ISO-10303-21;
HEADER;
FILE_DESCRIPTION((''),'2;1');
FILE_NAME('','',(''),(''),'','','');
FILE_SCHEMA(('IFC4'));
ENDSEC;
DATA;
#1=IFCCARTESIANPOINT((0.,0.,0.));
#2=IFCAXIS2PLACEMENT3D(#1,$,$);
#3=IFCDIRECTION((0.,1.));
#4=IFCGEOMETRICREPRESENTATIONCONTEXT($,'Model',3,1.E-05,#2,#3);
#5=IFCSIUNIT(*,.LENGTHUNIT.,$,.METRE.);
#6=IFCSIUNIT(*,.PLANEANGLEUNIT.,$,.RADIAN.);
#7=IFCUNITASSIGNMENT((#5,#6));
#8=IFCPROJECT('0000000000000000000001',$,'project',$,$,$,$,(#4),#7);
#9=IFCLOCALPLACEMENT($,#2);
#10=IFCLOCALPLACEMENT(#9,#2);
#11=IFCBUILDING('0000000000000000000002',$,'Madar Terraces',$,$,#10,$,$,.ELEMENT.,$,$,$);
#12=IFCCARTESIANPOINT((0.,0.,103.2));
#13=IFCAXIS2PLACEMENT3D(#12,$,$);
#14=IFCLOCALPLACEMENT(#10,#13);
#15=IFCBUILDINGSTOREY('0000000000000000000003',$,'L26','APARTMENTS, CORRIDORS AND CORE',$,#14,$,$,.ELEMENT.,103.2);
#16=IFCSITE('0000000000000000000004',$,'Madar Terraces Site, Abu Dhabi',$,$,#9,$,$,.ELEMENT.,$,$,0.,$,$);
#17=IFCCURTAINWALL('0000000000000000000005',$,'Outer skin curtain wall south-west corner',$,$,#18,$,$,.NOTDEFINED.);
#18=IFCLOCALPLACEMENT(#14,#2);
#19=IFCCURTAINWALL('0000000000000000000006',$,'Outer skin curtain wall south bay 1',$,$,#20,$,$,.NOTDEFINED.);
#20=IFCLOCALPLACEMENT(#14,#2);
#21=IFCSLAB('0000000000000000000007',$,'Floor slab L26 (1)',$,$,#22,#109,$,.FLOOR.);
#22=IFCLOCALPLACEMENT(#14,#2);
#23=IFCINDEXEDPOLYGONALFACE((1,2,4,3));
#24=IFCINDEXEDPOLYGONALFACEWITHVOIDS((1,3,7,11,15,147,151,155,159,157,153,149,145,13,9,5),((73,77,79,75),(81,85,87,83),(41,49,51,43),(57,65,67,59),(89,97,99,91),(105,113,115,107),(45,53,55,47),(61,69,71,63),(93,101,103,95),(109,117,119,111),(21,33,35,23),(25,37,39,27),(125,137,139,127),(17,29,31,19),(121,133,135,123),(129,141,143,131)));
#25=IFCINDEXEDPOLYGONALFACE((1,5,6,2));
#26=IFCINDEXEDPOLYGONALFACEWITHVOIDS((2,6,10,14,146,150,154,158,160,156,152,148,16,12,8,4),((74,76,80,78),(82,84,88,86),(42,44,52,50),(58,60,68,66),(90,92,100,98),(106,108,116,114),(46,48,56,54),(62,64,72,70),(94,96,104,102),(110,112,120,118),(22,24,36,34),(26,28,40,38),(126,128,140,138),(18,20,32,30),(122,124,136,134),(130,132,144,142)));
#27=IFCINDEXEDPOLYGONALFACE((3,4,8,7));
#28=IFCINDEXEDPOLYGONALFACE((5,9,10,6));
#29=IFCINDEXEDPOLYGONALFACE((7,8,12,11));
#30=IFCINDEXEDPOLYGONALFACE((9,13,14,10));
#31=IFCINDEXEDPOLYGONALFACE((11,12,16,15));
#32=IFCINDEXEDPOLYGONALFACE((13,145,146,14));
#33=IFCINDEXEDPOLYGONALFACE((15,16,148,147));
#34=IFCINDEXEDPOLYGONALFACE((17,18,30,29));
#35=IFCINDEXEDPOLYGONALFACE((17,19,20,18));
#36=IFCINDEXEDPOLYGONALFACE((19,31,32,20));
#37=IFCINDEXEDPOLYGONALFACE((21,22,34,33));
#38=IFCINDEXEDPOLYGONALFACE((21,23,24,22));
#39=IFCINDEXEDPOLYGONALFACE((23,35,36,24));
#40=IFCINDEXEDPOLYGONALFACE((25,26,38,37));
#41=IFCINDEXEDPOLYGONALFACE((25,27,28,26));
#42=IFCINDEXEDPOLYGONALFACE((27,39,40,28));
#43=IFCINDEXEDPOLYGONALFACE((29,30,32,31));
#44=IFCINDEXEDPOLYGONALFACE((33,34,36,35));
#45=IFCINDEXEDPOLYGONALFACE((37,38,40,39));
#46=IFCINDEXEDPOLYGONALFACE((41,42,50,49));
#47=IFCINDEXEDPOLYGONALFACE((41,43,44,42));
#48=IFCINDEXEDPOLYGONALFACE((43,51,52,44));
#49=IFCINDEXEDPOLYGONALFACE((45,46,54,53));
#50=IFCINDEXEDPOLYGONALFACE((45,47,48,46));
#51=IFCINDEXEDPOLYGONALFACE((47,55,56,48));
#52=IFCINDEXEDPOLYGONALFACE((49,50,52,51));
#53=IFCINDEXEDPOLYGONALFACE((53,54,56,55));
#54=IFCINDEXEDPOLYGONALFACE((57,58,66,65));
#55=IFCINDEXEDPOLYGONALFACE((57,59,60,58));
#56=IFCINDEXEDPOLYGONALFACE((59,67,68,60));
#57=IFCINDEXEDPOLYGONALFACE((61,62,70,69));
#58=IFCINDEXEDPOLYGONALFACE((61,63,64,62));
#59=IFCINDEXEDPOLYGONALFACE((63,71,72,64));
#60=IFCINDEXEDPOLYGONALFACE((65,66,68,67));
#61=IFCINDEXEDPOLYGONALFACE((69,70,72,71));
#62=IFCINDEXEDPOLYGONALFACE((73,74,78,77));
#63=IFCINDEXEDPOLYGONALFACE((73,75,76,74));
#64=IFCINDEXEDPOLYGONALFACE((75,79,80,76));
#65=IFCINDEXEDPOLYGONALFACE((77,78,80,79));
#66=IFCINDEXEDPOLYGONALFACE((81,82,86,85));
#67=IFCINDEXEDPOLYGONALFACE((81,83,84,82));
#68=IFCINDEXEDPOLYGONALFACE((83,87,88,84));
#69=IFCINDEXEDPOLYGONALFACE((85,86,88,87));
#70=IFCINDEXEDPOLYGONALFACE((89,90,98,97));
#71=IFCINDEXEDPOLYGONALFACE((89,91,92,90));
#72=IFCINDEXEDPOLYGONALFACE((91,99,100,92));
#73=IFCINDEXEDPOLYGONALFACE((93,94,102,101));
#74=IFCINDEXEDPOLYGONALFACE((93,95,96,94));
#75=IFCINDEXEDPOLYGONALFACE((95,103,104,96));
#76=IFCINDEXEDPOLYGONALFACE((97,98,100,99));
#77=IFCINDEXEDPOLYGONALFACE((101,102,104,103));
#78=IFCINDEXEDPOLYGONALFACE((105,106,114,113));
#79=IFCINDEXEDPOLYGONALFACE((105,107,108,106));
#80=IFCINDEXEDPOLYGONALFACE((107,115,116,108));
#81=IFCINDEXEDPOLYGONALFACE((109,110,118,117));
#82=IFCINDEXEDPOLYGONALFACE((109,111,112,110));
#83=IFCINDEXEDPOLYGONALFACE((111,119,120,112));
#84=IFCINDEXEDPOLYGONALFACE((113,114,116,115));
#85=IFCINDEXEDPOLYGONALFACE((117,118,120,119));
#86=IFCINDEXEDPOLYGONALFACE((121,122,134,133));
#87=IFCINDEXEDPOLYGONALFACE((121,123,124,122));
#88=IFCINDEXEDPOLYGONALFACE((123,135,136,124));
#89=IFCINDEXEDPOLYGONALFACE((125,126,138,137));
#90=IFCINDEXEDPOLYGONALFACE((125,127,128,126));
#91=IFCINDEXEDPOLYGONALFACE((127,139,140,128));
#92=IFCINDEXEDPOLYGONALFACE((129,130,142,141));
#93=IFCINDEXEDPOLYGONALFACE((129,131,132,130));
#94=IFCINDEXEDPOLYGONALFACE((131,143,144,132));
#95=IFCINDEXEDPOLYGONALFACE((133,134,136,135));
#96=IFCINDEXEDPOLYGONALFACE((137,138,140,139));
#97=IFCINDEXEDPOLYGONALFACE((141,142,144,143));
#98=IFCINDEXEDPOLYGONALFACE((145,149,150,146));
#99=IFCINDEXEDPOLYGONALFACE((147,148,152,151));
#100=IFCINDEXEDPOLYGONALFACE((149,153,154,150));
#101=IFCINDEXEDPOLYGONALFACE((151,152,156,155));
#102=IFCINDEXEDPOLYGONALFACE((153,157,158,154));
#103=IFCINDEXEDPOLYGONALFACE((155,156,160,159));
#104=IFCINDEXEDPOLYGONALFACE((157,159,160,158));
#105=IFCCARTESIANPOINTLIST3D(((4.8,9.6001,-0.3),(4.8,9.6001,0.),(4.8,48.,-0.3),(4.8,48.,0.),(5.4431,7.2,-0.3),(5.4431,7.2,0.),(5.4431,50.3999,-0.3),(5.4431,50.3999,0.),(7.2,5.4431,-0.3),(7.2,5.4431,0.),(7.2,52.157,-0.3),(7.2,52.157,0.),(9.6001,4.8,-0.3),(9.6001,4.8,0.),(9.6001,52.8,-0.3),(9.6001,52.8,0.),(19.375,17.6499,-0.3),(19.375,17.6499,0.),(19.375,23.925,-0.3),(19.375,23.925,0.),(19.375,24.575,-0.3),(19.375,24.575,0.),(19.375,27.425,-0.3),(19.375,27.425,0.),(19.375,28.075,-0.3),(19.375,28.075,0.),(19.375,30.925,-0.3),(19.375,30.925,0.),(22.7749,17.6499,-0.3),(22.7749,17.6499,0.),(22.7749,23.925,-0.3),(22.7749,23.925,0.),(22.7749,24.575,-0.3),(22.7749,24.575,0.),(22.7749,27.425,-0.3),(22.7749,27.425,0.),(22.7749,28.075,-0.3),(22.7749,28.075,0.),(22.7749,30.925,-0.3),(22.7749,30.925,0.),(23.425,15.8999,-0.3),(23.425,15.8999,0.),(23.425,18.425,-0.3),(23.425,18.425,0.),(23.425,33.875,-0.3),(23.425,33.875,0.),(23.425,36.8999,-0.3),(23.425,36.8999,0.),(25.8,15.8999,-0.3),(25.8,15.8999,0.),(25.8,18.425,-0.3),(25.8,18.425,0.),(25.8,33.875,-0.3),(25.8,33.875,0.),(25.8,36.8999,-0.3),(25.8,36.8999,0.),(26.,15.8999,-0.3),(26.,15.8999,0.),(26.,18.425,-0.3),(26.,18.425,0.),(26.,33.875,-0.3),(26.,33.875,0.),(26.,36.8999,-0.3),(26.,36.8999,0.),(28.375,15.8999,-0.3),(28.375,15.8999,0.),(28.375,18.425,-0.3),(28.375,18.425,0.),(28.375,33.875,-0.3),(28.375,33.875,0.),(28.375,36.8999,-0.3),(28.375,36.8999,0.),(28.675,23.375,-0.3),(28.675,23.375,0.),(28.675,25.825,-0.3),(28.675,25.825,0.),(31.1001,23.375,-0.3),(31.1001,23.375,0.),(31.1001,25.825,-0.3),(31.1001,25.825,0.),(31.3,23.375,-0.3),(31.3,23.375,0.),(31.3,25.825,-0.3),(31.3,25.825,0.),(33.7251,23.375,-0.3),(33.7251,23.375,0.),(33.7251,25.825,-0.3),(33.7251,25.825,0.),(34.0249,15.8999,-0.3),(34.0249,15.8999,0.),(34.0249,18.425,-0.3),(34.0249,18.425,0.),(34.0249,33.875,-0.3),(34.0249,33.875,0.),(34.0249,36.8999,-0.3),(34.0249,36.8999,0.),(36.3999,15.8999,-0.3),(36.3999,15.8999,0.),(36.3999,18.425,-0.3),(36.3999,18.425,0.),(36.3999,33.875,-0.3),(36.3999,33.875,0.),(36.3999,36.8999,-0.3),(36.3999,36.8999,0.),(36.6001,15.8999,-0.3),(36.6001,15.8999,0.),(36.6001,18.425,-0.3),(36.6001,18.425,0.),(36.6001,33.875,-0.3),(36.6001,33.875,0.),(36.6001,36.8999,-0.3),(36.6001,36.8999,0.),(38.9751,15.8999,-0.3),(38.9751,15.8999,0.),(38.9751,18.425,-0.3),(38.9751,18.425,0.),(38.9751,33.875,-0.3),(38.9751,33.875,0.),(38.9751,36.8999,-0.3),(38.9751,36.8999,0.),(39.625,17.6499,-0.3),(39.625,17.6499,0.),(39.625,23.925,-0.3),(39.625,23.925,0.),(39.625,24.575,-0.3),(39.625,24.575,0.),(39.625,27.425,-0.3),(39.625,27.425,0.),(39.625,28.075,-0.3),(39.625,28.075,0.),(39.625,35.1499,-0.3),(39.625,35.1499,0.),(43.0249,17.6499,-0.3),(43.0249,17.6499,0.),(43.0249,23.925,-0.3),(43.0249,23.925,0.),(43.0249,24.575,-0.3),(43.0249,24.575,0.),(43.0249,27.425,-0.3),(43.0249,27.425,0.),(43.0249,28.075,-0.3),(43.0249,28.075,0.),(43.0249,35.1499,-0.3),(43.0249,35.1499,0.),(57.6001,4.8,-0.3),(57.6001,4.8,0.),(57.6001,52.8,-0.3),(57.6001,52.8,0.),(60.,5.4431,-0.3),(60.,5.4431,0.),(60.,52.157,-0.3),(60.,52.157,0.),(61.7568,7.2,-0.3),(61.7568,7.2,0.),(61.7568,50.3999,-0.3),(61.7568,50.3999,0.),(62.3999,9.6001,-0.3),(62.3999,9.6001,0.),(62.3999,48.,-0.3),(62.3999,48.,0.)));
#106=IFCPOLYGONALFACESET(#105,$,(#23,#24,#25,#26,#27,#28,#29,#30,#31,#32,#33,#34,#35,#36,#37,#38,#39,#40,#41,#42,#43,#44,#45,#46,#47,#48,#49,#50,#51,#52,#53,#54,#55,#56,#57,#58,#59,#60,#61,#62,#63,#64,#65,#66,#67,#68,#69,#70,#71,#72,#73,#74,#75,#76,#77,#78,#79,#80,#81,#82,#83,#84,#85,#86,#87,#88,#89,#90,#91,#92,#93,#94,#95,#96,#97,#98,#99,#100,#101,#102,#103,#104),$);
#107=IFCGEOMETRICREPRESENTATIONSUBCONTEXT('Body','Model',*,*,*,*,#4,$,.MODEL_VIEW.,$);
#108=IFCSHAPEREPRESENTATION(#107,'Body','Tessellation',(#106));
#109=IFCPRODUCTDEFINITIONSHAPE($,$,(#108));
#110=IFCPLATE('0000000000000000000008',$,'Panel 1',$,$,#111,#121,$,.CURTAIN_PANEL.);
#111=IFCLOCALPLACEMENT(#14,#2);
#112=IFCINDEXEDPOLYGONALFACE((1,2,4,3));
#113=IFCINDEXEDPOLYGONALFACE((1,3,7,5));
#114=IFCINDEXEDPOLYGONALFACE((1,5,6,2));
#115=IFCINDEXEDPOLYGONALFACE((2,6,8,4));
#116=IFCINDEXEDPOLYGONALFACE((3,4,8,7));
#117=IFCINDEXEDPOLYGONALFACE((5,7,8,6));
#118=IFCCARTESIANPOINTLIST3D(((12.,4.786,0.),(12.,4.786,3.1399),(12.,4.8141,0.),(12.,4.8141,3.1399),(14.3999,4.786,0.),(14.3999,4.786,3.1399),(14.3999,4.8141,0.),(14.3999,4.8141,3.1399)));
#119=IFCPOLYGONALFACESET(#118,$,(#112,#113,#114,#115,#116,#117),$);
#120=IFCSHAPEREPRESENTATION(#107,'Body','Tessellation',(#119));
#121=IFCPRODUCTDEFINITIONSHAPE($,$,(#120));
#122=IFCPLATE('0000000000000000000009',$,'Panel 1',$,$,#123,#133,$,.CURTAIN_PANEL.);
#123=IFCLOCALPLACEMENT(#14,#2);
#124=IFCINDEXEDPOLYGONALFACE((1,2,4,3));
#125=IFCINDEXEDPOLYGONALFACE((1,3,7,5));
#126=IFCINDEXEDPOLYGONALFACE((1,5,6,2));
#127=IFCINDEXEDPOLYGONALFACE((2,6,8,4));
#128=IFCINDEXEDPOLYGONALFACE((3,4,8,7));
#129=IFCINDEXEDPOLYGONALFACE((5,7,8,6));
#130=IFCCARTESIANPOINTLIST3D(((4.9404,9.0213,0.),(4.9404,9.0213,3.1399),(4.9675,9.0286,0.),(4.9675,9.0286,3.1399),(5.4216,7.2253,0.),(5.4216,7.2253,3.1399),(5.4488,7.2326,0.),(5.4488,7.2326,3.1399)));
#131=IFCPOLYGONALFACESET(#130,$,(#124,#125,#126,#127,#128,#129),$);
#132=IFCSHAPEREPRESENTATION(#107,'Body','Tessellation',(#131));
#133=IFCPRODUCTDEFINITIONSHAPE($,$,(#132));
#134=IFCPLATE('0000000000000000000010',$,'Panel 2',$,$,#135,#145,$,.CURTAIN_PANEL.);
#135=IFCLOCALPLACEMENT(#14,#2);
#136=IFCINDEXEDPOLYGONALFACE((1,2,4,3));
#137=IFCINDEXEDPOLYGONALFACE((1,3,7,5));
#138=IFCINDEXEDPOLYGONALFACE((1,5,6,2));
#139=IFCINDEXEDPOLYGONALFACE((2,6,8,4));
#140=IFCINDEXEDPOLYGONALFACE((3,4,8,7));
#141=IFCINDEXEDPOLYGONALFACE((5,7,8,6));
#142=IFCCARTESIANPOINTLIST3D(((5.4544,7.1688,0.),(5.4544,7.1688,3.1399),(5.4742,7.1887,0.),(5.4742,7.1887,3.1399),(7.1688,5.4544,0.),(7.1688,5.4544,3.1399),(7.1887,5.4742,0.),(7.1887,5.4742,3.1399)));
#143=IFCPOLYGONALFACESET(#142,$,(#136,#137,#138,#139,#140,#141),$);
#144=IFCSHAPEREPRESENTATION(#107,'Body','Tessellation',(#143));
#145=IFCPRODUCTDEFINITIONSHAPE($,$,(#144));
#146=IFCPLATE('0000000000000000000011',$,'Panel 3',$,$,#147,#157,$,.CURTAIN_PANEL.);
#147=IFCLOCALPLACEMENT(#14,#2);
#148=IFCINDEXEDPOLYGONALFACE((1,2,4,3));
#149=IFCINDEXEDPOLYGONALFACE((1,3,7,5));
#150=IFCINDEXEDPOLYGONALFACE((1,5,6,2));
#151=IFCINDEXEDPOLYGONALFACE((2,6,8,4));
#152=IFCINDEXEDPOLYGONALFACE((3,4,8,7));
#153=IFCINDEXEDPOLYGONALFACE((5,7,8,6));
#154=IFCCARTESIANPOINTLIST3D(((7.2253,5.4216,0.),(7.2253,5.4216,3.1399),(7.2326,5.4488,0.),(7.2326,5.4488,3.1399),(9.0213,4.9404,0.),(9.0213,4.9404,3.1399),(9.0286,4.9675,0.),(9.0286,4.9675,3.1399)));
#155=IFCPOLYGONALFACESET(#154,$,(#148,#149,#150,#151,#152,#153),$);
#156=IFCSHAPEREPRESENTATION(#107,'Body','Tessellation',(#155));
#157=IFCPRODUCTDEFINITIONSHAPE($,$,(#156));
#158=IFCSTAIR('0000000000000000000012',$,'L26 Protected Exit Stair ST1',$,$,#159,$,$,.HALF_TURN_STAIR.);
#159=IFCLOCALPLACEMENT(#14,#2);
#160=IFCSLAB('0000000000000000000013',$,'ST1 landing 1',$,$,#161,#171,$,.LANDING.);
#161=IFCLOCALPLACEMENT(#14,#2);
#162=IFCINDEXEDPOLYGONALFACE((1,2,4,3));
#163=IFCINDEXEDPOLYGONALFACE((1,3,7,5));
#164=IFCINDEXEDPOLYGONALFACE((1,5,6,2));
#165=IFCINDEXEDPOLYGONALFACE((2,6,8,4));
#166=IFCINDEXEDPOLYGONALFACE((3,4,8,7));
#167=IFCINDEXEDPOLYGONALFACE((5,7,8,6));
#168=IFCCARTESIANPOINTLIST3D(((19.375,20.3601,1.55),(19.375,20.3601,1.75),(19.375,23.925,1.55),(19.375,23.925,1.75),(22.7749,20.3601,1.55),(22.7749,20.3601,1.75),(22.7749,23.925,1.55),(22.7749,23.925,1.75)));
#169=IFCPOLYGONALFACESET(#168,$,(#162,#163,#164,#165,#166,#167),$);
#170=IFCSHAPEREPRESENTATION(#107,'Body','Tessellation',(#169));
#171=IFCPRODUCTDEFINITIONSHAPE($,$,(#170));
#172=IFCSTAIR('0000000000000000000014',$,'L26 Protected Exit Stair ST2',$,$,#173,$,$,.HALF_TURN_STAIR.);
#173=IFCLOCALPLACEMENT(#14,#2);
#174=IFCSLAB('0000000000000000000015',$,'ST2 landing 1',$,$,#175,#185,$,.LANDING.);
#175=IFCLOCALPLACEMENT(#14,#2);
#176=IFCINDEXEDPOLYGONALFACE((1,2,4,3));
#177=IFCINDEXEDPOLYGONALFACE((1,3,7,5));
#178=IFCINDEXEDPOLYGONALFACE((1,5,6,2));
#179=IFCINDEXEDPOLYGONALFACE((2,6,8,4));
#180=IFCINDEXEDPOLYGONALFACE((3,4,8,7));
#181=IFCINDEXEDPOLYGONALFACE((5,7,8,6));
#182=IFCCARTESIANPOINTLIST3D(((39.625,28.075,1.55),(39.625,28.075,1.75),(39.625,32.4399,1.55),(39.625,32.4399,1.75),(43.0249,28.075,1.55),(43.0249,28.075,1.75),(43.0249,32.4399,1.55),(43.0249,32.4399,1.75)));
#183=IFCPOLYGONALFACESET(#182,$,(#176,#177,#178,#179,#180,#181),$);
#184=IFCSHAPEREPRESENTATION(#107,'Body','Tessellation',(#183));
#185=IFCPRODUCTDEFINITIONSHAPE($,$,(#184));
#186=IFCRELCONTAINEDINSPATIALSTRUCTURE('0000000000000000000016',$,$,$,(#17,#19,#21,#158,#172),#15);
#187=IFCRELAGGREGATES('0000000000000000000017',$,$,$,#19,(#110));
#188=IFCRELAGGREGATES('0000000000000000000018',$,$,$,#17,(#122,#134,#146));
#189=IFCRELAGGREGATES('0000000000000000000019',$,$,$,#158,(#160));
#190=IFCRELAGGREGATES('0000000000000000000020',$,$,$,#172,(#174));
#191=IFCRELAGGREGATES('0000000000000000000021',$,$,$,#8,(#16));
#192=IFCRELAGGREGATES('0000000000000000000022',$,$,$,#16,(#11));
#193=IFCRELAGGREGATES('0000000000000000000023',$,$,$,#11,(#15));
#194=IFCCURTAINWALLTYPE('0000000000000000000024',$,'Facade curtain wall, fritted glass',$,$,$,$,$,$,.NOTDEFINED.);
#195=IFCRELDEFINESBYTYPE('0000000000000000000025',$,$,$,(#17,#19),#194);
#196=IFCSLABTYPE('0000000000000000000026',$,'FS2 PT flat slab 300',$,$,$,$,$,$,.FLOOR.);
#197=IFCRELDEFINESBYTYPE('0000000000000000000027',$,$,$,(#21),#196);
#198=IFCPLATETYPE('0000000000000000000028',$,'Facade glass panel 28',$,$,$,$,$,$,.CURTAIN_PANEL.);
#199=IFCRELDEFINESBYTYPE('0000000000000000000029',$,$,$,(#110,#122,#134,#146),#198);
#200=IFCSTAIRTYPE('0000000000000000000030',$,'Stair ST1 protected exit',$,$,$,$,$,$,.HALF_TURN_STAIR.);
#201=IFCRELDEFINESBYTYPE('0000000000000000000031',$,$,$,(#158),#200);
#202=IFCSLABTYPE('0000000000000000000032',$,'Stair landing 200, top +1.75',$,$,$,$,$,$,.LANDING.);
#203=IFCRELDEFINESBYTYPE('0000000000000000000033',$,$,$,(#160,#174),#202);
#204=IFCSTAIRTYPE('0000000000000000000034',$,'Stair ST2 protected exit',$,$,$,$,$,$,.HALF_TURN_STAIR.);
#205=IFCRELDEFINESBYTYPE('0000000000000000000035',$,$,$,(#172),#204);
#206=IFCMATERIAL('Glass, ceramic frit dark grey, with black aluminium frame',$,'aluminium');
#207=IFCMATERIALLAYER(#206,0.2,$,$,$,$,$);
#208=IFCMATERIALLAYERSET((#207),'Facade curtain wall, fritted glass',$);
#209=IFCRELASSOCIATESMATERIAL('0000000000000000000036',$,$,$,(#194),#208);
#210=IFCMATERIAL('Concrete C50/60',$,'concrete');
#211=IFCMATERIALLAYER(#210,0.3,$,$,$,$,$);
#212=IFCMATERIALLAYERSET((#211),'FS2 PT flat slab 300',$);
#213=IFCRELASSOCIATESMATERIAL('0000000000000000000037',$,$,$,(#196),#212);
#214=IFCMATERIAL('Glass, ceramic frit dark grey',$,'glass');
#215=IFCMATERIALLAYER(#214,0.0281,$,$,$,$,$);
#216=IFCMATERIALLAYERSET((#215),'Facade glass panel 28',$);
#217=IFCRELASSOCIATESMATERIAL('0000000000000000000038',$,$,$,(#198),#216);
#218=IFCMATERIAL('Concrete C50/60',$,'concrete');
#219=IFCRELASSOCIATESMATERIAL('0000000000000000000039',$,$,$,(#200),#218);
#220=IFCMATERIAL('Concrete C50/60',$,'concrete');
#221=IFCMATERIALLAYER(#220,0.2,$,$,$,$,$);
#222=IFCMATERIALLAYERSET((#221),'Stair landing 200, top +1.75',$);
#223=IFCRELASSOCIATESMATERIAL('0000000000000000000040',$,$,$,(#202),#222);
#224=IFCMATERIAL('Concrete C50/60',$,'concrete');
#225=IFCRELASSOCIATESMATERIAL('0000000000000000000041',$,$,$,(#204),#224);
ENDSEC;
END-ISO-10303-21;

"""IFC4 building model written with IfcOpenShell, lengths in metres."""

from ifc_helpers import new_model, si_unit, direction, frame, origin, origin_2d, place, context, subcontext, project, spatial, polyline, rectangle, outline, extrude, material, layer, layer_set, type_object, element, aggregate, save


model = new_model("IFC4")

# Units and contexts
model_context = context("Model", 3, precision=1e-05, world=origin(), true_north=direction((0.0, 1.0)))
body_context = subcontext(model_context, "Body", "Model", "MODEL_VIEW")
ifc_project = project(units=[si_unit("LENGTHUNIT", "METRE"), si_unit("PLANEANGLEUNIT", "RADIAN")], contexts=[model_context])

# Site, building, storey
site_placement = place(None, origin())
site = spatial("IfcSite", under=ifc_project, at=site_placement, Name="Madar Terraces Site, Abu Dhabi", CompositionType="ELEMENT", RefElevation=0.0)
building_placement = place(site_placement, origin())
building = spatial("IfcBuilding", under=site, at=building_placement, Name="Madar Terraces", CompositionType="ELEMENT")
storey_placement = place(building_placement, frame((0.0, 0.0, 103.2)))
storey = spatial("IfcBuildingStorey", under=building, at=storey_placement, Name="L26", Description="APARTMENTS, CORRIDORS AND CORE", CompositionType="ELEMENT", Elevation=103.2)

# Curtain wall
ifc_material_1 = material(Name="Glass, ceramic frit dark grey, with black aluminium frame", Category="aluminium")
ifc_layer_1 = layer(ifc_material_1, 0.2)
ifc_layer_set_1 = layer_set([ifc_layer_1], Name="Facade curtain wall, fritted glass")
curtain_wall_type = type_object("IfcCurtainWallType", Name="Facade curtain wall, fritted glass", PredefinedType="NOTDEFINED", material=ifc_layer_set_1)
curtain_wall_1_placement = place(storey_placement, origin())
curtain_wall_1 = element("IfcCurtainWall", 1, at=curtain_wall_1_placement, inside=storey, type_object=curtain_wall_type, Name="Outer skin curtain wall south-west corner", PredefinedType="NOTDEFINED")

# Curtain wall
curtain_wall_2_placement = place(storey_placement, origin())
curtain_wall_2 = element("IfcCurtainWall", 2, at=curtain_wall_2_placement, inside=storey, type_object=curtain_wall_type, Name="Outer skin curtain wall south bay 1", PredefinedType="NOTDEFINED")

# Slab
ifc_material_2 = material(Name="Concrete C50/60", Category="concrete")
ifc_layer_2 = layer(ifc_material_2, 0.3)
ifc_layer_set_2 = layer_set([ifc_layer_2], Name="FS2 PT flat slab 300")
slab_type_1 = type_object("IfcSlabType", Name="FS2 PT flat slab 300", PredefinedType="FLOOR", material=ifc_layer_set_2)
slab_1_placement = place(storey_placement, frame((0.0, 0.0, -0.3)))
element("IfcSlab", 3, at=slab_1_placement, inside=storey, type_object=slab_type_1, Name="Floor slab L26 (1)", PredefinedType="FLOOR", context=body_context, shape_type="SweptSolid", body=[
    extrude(outline(polyline([(57.6001, 4.8), (60.0, 5.4431), (61.7568, 7.2), (62.3999, 9.6001), (62.3999, 48.0), (61.7568, 50.3999), (60.0, 52.157), (57.6001, 52.8), (9.6001, 52.8), (7.2, 52.157), (5.4431, 50.3999), (4.8, 48.0), (4.8, 9.6001), (5.4431, 7.2), (7.2, 5.4431), (9.6001, 4.8), (57.6001, 4.8)]), holes=[polyline([(23.425, 15.8999), (23.425, 18.425), (25.8, 18.425), (25.8, 15.8999), (23.425, 15.8999)]), polyline([(26.0, 15.8999), (26.0, 18.425), (28.375, 18.425), (28.375, 15.8999), (26.0, 15.8999)]), polyline([(19.375, 17.6499), (19.375, 23.925), (22.7749, 23.925), (22.7749, 17.6499), (19.375, 17.6499)]), polyline([(28.675, 23.375), (28.675, 25.825), (31.1001, 25.825), (31.1001, 23.375), (28.675, 23.375)]), polyline([(19.375, 24.575), (19.375, 27.425), (22.7749, 27.425), (22.7749, 24.575), (19.375, 24.575)]), polyline([(19.375, 28.075), (19.375, 30.925), (22.7749, 30.925), (22.7749, 28.075), (19.375, 28.075)]), polyline([(23.425, 33.875), (23.425, 36.8999), (25.8, 36.8999), (25.8, 33.875), (23.425, 33.875)]), polyline([(26.0, 33.875), (26.0, 36.8999), (28.375, 36.8999), (28.375, 33.875), (26.0, 33.875)]), polyline([(34.0249, 15.8999), (34.0249, 18.425), (36.3999, 18.425), (36.3999, 15.8999), (34.0249, 15.8999)]), polyline([(36.6001, 15.8999), (36.6001, 18.425), (38.9751, 18.425), (38.9751, 15.8999), (36.6001, 15.8999)]), polyline([(39.625, 17.6499), (39.625, 23.925), (43.0249, 23.925), (43.0249, 17.6499), (39.625, 17.6499)]), polyline([(31.3, 23.375), (31.3, 25.825), (33.7251, 25.825), (33.7251, 23.375), (31.3, 23.375)]), polyline([(39.625, 24.575), (39.625, 27.425), (43.0249, 27.425), (43.0249, 24.575), (39.625, 24.575)]), polyline([(39.625, 28.075), (39.625, 35.1499), (43.0249, 35.1499), (43.0249, 28.075), (39.625, 28.075)]), polyline([(34.0249, 33.875), (34.0249, 36.8999), (36.3999, 36.8999), (36.3999, 33.875), (34.0249, 33.875)]), polyline([(36.6001, 33.875), (36.6001, 36.8999), (38.9751, 36.8999), (38.9751, 33.875), (36.6001, 33.875)])]), origin(), (0.0, 0.0, 1.0), 0.3),
])

# Plates
ifc_material_3 = material(Name="Glass, ceramic frit dark grey", Category="glass")
ifc_layer_3 = layer(ifc_material_3, 0.0281)
ifc_layer_set_3 = layer_set([ifc_layer_3], Name="Facade glass panel 28")
plate_type = type_object("IfcPlateType", Name="Facade glass panel 28", PredefinedType="CURTAIN_PANEL", material=ifc_layer_set_3)
plate_1_placement = place(storey_placement, frame((13.2, 4.8, 0.0), z_axis=(0.0, 0.0, 1.0), x_axis=(1.0, 0.0, 0.0)))
plate_1 = element("IfcPlate", 4, at=plate_1_placement, type_object=plate_type, Name="Panel 1", PredefinedType="CURTAIN_PANEL", context=body_context, shape_type="SweptSolid", body=[
    extrude(rectangle(XDim=2.3999, YDim=0.0281, at=origin_2d()), origin(), (0.0, 0.0, 1.0), 3.1399),
])
aggregate(curtain_wall_2, [plate_1])
plate_2_placement = place(storey_placement, frame((5.1946, 8.127, 0.0), z_axis=(0.0, 0.0, 1.0), x_axis=(0.258819, -0.965926, 0.0)))
plate_2 = element("IfcPlate", 5, at=plate_2_placement, type_object=plate_type, Name="Panel 1", PredefinedType="CURTAIN_PANEL", context=body_context, shape_type="SweptSolid", body=[
    extrude(rectangle(XDim=1.8594, YDim=0.0281, at=origin_2d()), origin(), (0.0, 0.0, 1.0), 3.1399),
])
plate_3_placement = place(storey_placement, frame((6.3215, 6.3215, 0.0), z_axis=(0.0, 0.0, 1.0), x_axis=(0.707107, -0.707107, 0.0)))
plate_3 = element("IfcPlate", 6, at=plate_3_placement, type_object=plate_type, Name="Panel 2", PredefinedType="CURTAIN_PANEL", context=body_context, shape_type="SweptSolid", body=[
    extrude(rectangle(XDim=2.4246, YDim=0.0281, at=origin_2d()), origin(), (0.0, 0.0, 1.0), 3.1399),
])
plate_4_placement = place(storey_placement, frame((8.127, 5.1946, 0.0), z_axis=(0.0, 0.0, 1.0), x_axis=(0.965926, -0.258819, 0.0)))
plate_4 = element("IfcPlate", 7, at=plate_4_placement, type_object=plate_type, Name="Panel 3", PredefinedType="CURTAIN_PANEL", context=body_context, shape_type="SweptSolid", body=[
    extrude(rectangle(XDim=1.8594, YDim=0.0281, at=origin_2d()), origin(), (0.0, 0.0, 1.0), 3.1399),
])
aggregate(curtain_wall_1, [plate_2, plate_3, plate_4])

# Stairs, slabs
ifc_material_4 = material(Name="Concrete C50/60", Category="concrete")
stair_type_1 = type_object("IfcStairType", Name="Stair ST1 protected exit", PredefinedType="HALF_TURN_STAIR", material=ifc_material_4)
stair_1_placement = place(storey_placement, origin())
stair_1 = element("IfcStair", 8, at=stair_1_placement, inside=storey, type_object=stair_type_1, Name="L26 Protected Exit Stair ST1", PredefinedType="HALF_TURN_STAIR")
ifc_material_5 = material(Name="Concrete C50/60", Category="concrete")
ifc_layer_4 = layer(ifc_material_5, 0.2)
ifc_layer_set_4 = layer_set([ifc_layer_4], Name="Stair landing 200, top +1.75")
slab_type_2 = type_object("IfcSlabType", Name="Stair landing 200, top +1.75", PredefinedType="LANDING", material=ifc_layer_set_4)
slab_2_placement = place(storey_placement, frame((0.0, 0.0, 1.55)))
slab_2 = element("IfcSlab", 9, at=slab_2_placement, type_object=slab_type_2, Name="ST1 landing 1", PredefinedType="LANDING", context=body_context, shape_type="SweptSolid", body=[
    extrude(outline(polyline([(19.375, 20.3601), (22.7749, 20.3601), (22.7749, 23.925), (19.375, 23.925), (19.375, 20.3601)])), origin(), (0.0, 0.0, 1.0), 0.2),
])
aggregate(stair_1, [slab_2])
ifc_material_6 = material(Name="Concrete C50/60", Category="concrete")
stair_type_2 = type_object("IfcStairType", Name="Stair ST2 protected exit", PredefinedType="HALF_TURN_STAIR", material=ifc_material_6)
stair_2_placement = place(storey_placement, origin())
stair_2 = element("IfcStair", 10, at=stair_2_placement, inside=storey, type_object=stair_type_2, Name="L26 Protected Exit Stair ST2", PredefinedType="HALF_TURN_STAIR")
slab_3_placement = place(storey_placement, frame((0.0, 0.0, 1.55)))
slab_3 = element("IfcSlab", 11, at=slab_3_placement, type_object=slab_type_2, Name="ST2 landing 1", PredefinedType="LANDING", context=body_context, shape_type="SweptSolid", body=[
    extrude(outline(polyline([(39.625, 28.075), (43.0249, 28.075), (43.0249, 32.4399), (39.625, 32.4399), (39.625, 28.075)])), origin(), (0.0, 0.0, 1.0), 0.2),
])
aggregate(stair_2, [slab_3])

save(model, "model.ifc")
